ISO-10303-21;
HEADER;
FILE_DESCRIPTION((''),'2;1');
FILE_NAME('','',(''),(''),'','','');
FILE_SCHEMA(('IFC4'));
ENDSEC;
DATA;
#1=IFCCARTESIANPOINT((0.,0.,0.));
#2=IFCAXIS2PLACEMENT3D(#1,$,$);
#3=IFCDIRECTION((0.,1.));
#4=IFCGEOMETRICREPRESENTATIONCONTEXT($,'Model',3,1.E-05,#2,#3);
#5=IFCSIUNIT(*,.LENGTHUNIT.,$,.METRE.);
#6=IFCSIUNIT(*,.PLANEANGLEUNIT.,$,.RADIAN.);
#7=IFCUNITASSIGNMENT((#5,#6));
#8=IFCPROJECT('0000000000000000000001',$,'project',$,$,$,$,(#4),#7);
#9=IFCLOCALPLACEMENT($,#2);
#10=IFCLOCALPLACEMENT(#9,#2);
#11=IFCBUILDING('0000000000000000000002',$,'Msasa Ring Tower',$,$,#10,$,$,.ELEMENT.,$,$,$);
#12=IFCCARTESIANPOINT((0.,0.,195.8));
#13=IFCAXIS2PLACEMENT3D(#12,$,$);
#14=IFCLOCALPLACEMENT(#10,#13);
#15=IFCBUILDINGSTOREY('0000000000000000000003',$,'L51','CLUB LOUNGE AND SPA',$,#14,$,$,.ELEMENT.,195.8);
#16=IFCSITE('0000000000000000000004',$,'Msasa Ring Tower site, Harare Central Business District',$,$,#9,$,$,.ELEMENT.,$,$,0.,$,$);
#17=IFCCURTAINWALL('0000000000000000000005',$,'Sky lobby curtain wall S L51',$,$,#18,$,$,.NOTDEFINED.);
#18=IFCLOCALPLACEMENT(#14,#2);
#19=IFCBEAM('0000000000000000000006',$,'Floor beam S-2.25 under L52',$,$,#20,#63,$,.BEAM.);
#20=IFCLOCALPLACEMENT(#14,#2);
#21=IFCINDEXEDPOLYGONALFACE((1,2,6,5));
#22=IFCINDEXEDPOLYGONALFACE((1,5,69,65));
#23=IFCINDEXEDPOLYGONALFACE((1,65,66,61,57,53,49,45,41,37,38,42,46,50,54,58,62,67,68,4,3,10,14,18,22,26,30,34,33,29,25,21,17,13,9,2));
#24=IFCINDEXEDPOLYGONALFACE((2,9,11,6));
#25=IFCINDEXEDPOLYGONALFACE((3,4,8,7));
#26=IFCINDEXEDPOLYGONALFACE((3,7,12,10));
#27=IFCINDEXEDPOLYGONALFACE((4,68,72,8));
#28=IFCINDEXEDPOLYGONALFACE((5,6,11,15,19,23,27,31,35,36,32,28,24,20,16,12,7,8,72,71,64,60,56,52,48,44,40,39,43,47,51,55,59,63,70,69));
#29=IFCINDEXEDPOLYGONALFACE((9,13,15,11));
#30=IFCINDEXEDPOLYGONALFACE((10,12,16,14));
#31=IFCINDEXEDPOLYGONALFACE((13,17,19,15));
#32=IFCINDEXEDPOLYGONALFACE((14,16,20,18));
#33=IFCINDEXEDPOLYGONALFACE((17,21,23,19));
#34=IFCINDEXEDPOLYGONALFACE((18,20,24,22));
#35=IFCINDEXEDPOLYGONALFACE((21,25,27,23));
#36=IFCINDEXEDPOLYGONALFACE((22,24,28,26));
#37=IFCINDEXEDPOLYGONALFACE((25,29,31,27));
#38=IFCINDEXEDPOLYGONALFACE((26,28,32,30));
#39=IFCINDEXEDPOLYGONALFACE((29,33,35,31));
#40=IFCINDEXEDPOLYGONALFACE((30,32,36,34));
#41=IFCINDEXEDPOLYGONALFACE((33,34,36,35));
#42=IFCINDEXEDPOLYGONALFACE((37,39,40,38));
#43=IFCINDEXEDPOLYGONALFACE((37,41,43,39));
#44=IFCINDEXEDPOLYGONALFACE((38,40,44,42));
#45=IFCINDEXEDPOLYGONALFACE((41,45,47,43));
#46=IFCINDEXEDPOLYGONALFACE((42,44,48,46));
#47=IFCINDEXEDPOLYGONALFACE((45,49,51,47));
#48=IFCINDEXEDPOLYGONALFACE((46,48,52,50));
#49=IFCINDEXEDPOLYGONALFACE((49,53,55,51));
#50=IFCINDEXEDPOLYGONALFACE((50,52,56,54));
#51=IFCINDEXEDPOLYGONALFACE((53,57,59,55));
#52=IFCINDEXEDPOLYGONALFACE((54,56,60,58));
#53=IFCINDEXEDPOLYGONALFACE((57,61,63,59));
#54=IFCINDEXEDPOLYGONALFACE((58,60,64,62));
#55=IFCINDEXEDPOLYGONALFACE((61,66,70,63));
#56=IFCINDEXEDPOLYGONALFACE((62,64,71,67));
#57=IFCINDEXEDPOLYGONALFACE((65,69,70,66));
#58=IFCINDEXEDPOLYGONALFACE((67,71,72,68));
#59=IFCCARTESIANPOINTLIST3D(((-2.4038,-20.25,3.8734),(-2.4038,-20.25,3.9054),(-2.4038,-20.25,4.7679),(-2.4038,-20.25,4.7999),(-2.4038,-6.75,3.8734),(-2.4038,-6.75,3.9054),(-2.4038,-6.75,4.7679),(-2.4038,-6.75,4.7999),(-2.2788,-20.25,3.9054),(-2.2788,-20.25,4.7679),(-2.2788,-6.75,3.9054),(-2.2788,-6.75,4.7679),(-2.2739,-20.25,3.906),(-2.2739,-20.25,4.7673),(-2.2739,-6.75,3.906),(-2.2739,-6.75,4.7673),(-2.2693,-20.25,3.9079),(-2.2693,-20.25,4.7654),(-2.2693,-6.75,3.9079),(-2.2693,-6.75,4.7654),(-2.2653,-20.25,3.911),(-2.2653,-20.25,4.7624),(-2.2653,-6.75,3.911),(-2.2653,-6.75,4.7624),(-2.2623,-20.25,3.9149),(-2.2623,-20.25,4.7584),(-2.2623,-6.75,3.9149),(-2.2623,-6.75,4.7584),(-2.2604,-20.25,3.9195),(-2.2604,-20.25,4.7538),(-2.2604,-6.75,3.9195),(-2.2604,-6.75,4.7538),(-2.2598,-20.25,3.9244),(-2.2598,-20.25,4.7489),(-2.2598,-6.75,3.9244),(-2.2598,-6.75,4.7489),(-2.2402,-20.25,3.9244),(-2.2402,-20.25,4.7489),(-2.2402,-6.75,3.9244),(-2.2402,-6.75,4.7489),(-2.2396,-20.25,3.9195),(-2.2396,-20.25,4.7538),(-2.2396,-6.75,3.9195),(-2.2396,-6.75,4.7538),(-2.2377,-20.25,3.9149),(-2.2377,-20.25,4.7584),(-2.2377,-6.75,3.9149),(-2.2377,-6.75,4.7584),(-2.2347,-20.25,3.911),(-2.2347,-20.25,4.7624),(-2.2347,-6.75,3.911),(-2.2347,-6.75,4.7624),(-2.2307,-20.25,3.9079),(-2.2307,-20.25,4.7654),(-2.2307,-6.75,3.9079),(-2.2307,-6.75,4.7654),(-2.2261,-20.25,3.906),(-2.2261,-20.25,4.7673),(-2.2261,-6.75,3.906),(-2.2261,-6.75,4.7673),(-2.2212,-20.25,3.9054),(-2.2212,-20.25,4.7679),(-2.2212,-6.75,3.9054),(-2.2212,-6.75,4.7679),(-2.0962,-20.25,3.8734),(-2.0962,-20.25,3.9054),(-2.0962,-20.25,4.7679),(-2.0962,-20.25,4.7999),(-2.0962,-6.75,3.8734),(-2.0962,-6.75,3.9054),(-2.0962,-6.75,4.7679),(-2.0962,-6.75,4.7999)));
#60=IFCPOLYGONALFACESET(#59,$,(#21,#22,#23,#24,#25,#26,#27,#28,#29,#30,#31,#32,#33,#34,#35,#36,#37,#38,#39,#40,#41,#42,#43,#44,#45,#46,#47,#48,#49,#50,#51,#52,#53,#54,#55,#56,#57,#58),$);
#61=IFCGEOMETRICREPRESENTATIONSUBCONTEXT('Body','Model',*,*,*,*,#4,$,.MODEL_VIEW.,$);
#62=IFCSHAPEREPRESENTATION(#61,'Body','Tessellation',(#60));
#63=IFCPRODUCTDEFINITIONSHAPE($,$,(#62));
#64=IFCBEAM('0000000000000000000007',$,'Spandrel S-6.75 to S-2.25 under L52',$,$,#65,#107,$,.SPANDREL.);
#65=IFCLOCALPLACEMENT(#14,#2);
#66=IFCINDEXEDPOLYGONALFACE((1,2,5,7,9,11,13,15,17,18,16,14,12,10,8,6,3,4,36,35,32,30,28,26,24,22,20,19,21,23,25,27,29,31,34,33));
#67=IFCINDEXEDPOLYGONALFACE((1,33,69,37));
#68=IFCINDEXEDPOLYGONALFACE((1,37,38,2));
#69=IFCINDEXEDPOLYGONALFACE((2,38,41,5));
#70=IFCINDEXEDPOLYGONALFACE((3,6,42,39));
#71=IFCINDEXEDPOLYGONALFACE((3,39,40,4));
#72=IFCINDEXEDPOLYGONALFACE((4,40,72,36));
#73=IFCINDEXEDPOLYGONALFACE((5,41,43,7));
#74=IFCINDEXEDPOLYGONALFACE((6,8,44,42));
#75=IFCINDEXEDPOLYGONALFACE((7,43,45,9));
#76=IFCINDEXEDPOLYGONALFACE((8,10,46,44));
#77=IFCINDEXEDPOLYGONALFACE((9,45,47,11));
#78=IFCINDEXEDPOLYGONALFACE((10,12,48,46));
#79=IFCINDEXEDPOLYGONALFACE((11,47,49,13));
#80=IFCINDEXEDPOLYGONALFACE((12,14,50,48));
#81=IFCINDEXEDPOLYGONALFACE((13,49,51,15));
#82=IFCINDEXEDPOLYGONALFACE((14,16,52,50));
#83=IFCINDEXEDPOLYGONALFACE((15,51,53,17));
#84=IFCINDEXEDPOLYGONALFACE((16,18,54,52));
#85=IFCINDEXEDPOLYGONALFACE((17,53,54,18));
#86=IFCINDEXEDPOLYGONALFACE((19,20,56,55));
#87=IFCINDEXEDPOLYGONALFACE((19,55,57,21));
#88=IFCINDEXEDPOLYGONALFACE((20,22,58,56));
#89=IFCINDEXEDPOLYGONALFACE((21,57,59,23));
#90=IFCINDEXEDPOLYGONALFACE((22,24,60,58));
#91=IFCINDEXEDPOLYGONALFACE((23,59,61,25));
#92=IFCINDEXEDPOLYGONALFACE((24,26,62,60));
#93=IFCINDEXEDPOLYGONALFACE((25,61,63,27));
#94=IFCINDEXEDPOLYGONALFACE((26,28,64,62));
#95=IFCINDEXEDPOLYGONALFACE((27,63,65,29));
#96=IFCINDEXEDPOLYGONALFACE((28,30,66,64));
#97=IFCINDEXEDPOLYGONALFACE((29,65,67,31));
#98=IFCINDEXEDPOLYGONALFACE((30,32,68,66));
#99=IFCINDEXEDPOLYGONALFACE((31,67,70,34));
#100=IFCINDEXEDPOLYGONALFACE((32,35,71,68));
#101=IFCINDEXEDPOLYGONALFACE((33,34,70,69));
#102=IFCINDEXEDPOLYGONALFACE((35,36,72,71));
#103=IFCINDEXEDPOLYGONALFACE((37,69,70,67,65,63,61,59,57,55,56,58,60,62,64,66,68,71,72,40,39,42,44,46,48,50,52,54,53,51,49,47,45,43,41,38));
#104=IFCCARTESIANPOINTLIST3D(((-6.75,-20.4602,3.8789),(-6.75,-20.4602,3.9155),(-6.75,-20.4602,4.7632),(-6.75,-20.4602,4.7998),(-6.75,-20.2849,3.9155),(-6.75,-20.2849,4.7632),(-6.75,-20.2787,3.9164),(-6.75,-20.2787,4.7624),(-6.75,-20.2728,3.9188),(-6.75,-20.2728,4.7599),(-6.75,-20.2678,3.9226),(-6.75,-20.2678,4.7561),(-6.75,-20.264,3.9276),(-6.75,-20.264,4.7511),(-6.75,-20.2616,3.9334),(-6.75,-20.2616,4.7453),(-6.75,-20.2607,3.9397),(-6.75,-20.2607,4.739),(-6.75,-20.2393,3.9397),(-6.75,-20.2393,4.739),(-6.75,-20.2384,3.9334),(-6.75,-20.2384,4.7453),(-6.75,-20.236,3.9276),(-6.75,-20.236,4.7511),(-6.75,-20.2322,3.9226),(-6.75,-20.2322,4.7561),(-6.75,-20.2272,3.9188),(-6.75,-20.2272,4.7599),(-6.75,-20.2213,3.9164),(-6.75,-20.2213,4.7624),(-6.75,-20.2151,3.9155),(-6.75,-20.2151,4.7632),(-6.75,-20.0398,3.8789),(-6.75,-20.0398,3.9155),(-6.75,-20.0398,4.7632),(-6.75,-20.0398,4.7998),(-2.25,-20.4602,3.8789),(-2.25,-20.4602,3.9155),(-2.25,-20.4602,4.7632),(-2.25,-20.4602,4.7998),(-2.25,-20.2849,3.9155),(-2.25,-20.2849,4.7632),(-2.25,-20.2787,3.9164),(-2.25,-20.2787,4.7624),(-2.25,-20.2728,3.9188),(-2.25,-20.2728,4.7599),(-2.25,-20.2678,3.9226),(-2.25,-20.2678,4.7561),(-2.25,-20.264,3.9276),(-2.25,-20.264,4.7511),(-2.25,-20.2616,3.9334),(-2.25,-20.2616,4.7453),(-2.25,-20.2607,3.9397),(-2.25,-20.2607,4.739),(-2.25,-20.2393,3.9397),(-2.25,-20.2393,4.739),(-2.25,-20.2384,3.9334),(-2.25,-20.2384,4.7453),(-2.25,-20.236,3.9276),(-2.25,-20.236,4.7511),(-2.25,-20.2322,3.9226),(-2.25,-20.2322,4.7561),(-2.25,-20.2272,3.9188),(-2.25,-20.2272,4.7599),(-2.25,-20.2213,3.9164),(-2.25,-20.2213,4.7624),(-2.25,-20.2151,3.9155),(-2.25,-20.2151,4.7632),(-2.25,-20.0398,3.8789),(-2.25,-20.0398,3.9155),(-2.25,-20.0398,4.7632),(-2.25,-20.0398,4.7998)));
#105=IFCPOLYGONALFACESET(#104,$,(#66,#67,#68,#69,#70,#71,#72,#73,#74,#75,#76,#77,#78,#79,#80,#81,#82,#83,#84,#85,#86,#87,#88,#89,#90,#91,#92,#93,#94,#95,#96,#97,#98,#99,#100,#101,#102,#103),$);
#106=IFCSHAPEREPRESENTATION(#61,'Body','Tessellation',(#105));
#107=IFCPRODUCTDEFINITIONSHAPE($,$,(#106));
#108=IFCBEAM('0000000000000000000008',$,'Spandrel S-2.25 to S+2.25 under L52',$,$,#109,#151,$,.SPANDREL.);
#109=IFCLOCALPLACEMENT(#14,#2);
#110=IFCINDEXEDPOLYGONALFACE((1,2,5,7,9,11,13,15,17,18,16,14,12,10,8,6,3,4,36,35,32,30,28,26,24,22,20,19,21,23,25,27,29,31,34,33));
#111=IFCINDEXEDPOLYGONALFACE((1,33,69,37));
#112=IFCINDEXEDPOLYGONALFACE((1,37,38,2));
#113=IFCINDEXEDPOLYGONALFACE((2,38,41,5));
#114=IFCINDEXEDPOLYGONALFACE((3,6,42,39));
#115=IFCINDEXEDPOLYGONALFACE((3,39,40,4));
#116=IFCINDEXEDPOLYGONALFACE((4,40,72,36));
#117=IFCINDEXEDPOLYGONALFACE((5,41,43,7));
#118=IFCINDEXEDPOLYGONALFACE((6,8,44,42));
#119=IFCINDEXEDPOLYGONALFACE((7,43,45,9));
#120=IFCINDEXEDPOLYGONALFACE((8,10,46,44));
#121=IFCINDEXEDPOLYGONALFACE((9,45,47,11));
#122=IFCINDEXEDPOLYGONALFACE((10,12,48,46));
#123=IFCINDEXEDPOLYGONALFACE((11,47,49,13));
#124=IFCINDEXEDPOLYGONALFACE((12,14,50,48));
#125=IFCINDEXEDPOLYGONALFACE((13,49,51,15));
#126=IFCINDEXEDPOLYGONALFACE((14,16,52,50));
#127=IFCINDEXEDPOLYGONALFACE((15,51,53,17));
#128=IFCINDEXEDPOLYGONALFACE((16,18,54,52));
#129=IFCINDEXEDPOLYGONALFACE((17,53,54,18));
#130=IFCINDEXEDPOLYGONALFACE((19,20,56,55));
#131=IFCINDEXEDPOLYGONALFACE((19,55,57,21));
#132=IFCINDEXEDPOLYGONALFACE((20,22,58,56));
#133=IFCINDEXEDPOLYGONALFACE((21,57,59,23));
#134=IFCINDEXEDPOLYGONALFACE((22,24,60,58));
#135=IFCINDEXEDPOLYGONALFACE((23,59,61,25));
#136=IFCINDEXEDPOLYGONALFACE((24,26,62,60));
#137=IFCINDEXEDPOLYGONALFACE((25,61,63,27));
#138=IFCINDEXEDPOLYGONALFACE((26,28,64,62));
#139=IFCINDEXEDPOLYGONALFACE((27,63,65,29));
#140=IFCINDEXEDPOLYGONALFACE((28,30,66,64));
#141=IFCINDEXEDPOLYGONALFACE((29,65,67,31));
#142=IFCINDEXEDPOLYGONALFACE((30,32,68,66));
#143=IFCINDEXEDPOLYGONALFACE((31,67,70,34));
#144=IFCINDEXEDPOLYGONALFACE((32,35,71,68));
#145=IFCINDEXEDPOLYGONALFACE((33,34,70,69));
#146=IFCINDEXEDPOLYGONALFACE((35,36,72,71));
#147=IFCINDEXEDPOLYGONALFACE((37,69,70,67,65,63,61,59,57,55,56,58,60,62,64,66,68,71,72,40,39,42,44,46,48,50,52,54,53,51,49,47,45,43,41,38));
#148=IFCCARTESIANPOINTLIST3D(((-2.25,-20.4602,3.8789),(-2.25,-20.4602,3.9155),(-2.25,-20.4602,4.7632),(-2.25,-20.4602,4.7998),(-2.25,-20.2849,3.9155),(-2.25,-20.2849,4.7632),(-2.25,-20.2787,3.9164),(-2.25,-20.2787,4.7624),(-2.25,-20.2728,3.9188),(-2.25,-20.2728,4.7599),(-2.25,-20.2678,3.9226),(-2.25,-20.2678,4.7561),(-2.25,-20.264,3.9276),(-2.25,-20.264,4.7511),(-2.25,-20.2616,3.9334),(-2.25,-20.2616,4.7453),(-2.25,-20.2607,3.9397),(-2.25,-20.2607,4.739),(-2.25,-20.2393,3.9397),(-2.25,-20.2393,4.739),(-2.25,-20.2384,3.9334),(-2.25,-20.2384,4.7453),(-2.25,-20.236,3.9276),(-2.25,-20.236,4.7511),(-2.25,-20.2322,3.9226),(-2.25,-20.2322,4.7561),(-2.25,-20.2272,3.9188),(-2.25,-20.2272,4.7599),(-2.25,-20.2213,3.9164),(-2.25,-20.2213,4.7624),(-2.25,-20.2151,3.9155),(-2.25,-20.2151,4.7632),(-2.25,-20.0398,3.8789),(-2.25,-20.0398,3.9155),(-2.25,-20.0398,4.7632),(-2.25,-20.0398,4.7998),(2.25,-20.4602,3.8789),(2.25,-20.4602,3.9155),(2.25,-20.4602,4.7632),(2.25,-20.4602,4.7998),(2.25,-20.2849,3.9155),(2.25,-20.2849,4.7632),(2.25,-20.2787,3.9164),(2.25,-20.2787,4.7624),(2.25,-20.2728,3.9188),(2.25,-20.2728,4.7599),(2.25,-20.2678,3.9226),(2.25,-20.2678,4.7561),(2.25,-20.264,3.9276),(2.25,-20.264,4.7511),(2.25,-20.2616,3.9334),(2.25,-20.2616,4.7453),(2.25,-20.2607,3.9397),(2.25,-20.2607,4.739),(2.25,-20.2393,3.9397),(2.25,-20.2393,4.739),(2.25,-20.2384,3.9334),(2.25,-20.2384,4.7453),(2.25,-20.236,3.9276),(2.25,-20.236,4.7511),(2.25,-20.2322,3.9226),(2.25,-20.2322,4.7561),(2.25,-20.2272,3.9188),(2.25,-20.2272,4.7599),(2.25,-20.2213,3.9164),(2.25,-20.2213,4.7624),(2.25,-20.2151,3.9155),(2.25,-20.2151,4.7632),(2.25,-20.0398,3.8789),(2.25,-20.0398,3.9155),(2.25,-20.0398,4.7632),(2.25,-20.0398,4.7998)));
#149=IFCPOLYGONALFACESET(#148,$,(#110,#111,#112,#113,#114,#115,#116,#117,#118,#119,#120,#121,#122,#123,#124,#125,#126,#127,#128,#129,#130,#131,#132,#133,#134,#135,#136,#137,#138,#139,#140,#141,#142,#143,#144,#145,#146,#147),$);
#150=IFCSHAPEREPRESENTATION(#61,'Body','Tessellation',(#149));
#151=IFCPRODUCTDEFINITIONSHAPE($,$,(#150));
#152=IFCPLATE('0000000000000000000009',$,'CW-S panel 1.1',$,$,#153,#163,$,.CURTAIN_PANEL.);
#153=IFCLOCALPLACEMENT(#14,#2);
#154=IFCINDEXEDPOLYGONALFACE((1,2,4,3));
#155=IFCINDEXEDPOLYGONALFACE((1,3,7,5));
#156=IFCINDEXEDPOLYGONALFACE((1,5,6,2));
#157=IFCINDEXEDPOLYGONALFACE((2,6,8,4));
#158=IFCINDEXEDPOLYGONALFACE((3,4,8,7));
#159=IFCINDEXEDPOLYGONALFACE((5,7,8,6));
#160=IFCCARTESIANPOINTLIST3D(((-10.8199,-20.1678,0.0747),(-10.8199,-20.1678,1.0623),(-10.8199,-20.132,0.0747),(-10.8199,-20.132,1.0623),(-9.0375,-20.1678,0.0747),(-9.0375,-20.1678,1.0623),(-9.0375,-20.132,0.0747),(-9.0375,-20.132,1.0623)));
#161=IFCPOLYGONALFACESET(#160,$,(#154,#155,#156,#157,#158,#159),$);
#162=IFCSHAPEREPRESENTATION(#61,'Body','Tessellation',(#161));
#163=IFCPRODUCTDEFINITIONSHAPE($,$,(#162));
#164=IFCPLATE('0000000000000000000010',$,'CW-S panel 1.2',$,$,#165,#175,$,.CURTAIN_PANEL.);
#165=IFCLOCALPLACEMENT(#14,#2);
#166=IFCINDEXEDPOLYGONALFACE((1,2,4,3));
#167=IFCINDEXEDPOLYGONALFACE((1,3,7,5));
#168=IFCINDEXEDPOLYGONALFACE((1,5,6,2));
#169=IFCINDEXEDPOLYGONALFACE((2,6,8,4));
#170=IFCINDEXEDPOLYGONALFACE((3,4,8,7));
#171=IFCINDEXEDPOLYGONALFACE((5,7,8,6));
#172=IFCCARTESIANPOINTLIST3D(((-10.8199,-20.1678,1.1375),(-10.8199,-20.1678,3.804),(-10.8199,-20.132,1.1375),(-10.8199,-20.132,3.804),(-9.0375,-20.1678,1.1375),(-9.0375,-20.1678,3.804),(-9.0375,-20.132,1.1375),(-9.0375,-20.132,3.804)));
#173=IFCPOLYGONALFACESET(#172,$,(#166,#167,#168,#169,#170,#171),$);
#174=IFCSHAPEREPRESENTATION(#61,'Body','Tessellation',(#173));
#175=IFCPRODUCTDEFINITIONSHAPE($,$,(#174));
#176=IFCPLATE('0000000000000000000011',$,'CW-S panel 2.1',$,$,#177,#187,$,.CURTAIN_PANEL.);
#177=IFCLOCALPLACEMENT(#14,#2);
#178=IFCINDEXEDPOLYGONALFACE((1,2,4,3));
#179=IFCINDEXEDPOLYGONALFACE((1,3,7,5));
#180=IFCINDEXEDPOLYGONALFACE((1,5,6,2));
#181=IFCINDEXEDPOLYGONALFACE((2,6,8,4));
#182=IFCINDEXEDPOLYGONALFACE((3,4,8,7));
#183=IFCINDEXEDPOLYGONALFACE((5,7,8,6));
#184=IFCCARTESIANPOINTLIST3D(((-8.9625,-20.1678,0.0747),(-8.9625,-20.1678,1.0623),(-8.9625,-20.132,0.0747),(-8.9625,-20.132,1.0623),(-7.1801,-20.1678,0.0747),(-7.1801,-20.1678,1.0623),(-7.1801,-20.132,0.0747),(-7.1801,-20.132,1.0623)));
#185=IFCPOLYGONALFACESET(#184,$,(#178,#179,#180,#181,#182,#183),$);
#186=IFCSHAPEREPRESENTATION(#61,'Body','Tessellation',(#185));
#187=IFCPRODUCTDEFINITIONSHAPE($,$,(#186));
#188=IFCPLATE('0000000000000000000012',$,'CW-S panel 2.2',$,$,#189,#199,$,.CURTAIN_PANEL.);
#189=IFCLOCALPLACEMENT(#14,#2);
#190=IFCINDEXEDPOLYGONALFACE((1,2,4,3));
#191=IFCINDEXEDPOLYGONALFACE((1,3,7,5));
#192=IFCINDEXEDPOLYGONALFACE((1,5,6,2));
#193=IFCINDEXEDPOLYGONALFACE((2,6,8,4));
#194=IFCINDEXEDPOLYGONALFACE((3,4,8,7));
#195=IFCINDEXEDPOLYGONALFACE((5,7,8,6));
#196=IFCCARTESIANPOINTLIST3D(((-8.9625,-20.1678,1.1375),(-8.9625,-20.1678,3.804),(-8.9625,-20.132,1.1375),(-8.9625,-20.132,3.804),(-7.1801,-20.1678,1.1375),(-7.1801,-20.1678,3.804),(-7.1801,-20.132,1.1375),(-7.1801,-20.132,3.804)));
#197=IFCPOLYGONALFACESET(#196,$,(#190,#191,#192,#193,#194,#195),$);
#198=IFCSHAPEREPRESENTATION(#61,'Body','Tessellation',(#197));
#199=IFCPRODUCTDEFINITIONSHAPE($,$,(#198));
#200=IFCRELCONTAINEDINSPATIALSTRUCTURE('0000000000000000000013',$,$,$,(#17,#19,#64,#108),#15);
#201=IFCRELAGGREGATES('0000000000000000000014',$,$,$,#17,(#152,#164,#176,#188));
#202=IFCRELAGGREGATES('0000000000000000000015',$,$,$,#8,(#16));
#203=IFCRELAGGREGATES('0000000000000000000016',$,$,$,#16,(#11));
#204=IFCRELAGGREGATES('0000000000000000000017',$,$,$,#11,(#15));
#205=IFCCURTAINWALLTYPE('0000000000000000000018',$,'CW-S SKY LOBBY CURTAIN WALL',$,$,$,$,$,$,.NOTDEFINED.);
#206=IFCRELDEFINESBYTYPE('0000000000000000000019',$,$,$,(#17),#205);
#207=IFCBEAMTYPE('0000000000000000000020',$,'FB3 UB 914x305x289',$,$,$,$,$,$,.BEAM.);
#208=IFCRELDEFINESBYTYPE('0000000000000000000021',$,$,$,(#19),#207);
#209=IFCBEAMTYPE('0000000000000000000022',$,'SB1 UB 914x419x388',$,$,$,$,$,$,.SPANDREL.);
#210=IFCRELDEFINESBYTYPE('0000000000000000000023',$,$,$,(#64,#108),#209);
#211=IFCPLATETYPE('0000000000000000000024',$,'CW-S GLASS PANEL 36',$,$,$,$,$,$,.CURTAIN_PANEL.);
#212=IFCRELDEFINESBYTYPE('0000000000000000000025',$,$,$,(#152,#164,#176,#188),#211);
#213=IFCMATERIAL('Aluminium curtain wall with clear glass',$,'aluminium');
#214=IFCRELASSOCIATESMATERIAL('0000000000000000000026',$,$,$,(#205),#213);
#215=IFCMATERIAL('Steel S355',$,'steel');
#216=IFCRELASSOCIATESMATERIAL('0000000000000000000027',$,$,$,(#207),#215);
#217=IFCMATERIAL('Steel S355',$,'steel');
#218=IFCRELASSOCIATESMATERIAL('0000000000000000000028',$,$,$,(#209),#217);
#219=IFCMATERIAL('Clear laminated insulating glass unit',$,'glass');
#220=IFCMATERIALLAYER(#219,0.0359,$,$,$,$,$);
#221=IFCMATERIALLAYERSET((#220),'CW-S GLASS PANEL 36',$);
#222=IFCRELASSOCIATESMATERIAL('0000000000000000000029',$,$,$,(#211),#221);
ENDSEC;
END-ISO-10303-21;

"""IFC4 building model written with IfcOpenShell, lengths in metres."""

from ifc_helpers import new_model, si_unit, direction, frame, origin, origin_2d, place, context, subcontext, project, spatial, rectangle, i_section, extrude, material, layer, layer_set, material_profile, profile_set, type_object, element, aggregate, save


model = new_model("IFC4")

# Units and contexts
model_context = context("Model", 3, precision=1e-05, world=origin(), true_north=direction((0.0, 1.0)))
body_context = subcontext(model_context, "Body", "Model", "MODEL_VIEW")
ifc_project = project(units=[si_unit("LENGTHUNIT", "METRE"), si_unit("PLANEANGLEUNIT", "RADIAN")], contexts=[model_context])

# Site, building, storey
site_placement = place(None, origin())
site = spatial("IfcSite", under=ifc_project, at=site_placement, Name="Msasa Ring Tower site, Harare Central Business District", CompositionType="ELEMENT", RefElevation=0.0)
building_placement = place(site_placement, origin())
building = spatial("IfcBuilding", under=site, at=building_placement, Name="Msasa Ring Tower", CompositionType="ELEMENT")
storey_placement = place(building_placement, frame((0.0, 0.0, 195.8)))
storey = spatial("IfcBuildingStorey", under=building, at=storey_placement, Name="L51", Description="CLUB LOUNGE AND SPA", CompositionType="ELEMENT", Elevation=195.8)

# Curtain wall
ifc_material_1 = material(Name="Aluminium curtain wall with clear glass", Category="aluminium")
curtain_wall_type = type_object("IfcCurtainWallType", Name="CW-S SKY LOBBY CURTAIN WALL", PredefinedType="NOTDEFINED", material=ifc_material_1)
curtain_wall_1_placement = place(storey_placement, origin())
curtain_wall_1 = element("IfcCurtainWall", 1, at=curtain_wall_1_placement, inside=storey, type_object=curtain_wall_type, Name="Sky lobby curtain wall S L51", PredefinedType="NOTDEFINED")

# Beams
ifc_material_2 = material(Name="Steel S355", Category="steel")
ifc_material_profile_1 = material_profile(ifc_material_2, i_section(OverallWidth=0.3076, OverallDepth=0.9265, WebThickness=0.0195, FlangeThickness=0.032, FilletRadius=0.019, at=origin_2d()), Name="UB 914x305x289")
ifc_profile_set_1 = profile_set([ifc_material_profile_1], Name="Steel S355")
beam_type_1 = type_object("IfcBeamType", Name="FB3 UB 914x305x289", PredefinedType="BEAM", material=ifc_profile_set_1)
for number, where, z_axis, x_axis, name in (
    (2, (-2.25, -20.25, 4.3367), (0.0, 1.0, 0.0), (-1.0, 0.0, 0.0), "Floor beam S-2.25 under L52"),
):
    element("IfcBeam", number, at=place(storey_placement, frame(where, z_axis=z_axis, x_axis=x_axis)), inside=storey, type_object=beam_type_1, Name=name, PredefinedType="BEAM", context=body_context, shape_type="SweptSolid", body=[
        extrude(i_section(OverallWidth=0.3076, OverallDepth=0.9265, WebThickness=0.0195, FlangeThickness=0.032, FilletRadius=0.019, at=origin_2d()), origin(), (0.0, 0.0, 1.0), 13.5),
    ])
ifc_material_3 = material(Name="Steel S355", Category="steel")
ifc_material_profile_2 = material_profile(ifc_material_3, i_section(OverallWidth=0.4204, OverallDepth=0.9209, WebThickness=0.0215, FlangeThickness=0.0366, FilletRadius=0.0242, at=origin_2d()), Name="UB 914x419x388")
ifc_profile_set_2 = profile_set([ifc_material_profile_2], Name="Steel S355")
beam_type_2 = type_object("IfcBeamType", Name="SB1 UB 914x419x388", PredefinedType="SPANDREL", material=ifc_profile_set_2)
for number, where, z_axis, x_axis, name in (
    (3, (-6.75, -20.25, 4.3394), (1.0, 0.0, 0.0), (0.0, 1.0, 0.0), "Spandrel S-6.75 to S-2.25 under L52"),
    (4, (-2.25, -20.25, 4.3394), (1.0, 0.0, 0.0), (0.0, 1.0, 0.0), "Spandrel S-2.25 to S+2.25 under L52"),
):
    element("IfcBeam", number, at=place(storey_placement, frame(where, z_axis=z_axis, x_axis=x_axis)), inside=storey, type_object=beam_type_2, Name=name, PredefinedType="SPANDREL", context=body_context, shape_type="SweptSolid", body=[
        extrude(i_section(OverallWidth=0.4204, OverallDepth=0.9209, WebThickness=0.0215, FlangeThickness=0.0366, FilletRadius=0.0242, at=origin_2d()), origin(), (0.0, 0.0, 1.0), 4.5),
    ])

# Plates
ifc_material_4 = material(Name="Clear laminated insulating glass unit", Category="glass")
ifc_layer = layer(ifc_material_4, 0.0359)
ifc_layer_set = layer_set([ifc_layer], Name="CW-S GLASS PANEL 36")
plate_type = type_object("IfcPlateType", Name="CW-S GLASS PANEL 36", PredefinedType="CURTAIN_PANEL", material=ifc_layer_set)
plate_1_placement = place(storey_placement, frame((-9.9287, -20.1499, 0.0747), z_axis=(0.0, 0.0, 1.0), x_axis=(1.0, 0.0, 0.0)))
plate_1 = element("IfcPlate", 5, at=plate_1_placement, type_object=plate_type, Name="CW-S panel 1.1", PredefinedType="CURTAIN_PANEL", context=body_context, shape_type="SweptSolid", body=[
    extrude(rectangle(XDim=1.7825, YDim=0.0359, at=origin_2d()), origin(), (0.0, 0.0, 1.0), 0.9875),
])
plate_2_placement = place(storey_placement, frame((-9.9287, -20.1499, 1.1375), z_axis=(0.0, 0.0, 1.0), x_axis=(1.0, 0.0, 0.0)))
plate_2 = element("IfcPlate", 6, at=plate_2_placement, type_object=plate_type, Name="CW-S panel 1.2", PredefinedType="CURTAIN_PANEL", context=body_context, shape_type="SweptSolid", body=[
    extrude(rectangle(XDim=1.7825, YDim=0.0359, at=origin_2d()), origin(), (0.0, 0.0, 1.0), 2.6665),
])
plate_3_placement = place(storey_placement, frame((-8.0713, -20.1499, 0.0747), z_axis=(0.0, 0.0, 1.0), x_axis=(1.0, 0.0, 0.0)))
plate_3 = element("IfcPlate", 7, at=plate_3_placement, type_object=plate_type, Name="CW-S panel 2.1", PredefinedType="CURTAIN_PANEL", context=body_context, shape_type="SweptSolid", body=[
    extrude(rectangle(XDim=1.7825, YDim=0.0359, at=origin_2d()), origin(), (0.0, 0.0, 1.0), 0.9875),
])
plate_4_placement = place(storey_placement, frame((-8.0713, -20.1499, 1.1375), z_axis=(0.0, 0.0, 1.0), x_axis=(1.0, 0.0, 0.0)))
plate_4 = element("IfcPlate", 8, at=plate_4_placement, type_object=plate_type, Name="CW-S panel 2.2", PredefinedType="CURTAIN_PANEL", context=body_context, shape_type="SweptSolid", body=[
    extrude(rectangle(XDim=1.7825, YDim=0.0359, at=origin_2d()), origin(), (0.0, 0.0, 1.0), 2.6665),
])
aggregate(curtain_wall_1, [plate_1, plate_2, plate_3, plate_4])

save(model, "model.ifc")
